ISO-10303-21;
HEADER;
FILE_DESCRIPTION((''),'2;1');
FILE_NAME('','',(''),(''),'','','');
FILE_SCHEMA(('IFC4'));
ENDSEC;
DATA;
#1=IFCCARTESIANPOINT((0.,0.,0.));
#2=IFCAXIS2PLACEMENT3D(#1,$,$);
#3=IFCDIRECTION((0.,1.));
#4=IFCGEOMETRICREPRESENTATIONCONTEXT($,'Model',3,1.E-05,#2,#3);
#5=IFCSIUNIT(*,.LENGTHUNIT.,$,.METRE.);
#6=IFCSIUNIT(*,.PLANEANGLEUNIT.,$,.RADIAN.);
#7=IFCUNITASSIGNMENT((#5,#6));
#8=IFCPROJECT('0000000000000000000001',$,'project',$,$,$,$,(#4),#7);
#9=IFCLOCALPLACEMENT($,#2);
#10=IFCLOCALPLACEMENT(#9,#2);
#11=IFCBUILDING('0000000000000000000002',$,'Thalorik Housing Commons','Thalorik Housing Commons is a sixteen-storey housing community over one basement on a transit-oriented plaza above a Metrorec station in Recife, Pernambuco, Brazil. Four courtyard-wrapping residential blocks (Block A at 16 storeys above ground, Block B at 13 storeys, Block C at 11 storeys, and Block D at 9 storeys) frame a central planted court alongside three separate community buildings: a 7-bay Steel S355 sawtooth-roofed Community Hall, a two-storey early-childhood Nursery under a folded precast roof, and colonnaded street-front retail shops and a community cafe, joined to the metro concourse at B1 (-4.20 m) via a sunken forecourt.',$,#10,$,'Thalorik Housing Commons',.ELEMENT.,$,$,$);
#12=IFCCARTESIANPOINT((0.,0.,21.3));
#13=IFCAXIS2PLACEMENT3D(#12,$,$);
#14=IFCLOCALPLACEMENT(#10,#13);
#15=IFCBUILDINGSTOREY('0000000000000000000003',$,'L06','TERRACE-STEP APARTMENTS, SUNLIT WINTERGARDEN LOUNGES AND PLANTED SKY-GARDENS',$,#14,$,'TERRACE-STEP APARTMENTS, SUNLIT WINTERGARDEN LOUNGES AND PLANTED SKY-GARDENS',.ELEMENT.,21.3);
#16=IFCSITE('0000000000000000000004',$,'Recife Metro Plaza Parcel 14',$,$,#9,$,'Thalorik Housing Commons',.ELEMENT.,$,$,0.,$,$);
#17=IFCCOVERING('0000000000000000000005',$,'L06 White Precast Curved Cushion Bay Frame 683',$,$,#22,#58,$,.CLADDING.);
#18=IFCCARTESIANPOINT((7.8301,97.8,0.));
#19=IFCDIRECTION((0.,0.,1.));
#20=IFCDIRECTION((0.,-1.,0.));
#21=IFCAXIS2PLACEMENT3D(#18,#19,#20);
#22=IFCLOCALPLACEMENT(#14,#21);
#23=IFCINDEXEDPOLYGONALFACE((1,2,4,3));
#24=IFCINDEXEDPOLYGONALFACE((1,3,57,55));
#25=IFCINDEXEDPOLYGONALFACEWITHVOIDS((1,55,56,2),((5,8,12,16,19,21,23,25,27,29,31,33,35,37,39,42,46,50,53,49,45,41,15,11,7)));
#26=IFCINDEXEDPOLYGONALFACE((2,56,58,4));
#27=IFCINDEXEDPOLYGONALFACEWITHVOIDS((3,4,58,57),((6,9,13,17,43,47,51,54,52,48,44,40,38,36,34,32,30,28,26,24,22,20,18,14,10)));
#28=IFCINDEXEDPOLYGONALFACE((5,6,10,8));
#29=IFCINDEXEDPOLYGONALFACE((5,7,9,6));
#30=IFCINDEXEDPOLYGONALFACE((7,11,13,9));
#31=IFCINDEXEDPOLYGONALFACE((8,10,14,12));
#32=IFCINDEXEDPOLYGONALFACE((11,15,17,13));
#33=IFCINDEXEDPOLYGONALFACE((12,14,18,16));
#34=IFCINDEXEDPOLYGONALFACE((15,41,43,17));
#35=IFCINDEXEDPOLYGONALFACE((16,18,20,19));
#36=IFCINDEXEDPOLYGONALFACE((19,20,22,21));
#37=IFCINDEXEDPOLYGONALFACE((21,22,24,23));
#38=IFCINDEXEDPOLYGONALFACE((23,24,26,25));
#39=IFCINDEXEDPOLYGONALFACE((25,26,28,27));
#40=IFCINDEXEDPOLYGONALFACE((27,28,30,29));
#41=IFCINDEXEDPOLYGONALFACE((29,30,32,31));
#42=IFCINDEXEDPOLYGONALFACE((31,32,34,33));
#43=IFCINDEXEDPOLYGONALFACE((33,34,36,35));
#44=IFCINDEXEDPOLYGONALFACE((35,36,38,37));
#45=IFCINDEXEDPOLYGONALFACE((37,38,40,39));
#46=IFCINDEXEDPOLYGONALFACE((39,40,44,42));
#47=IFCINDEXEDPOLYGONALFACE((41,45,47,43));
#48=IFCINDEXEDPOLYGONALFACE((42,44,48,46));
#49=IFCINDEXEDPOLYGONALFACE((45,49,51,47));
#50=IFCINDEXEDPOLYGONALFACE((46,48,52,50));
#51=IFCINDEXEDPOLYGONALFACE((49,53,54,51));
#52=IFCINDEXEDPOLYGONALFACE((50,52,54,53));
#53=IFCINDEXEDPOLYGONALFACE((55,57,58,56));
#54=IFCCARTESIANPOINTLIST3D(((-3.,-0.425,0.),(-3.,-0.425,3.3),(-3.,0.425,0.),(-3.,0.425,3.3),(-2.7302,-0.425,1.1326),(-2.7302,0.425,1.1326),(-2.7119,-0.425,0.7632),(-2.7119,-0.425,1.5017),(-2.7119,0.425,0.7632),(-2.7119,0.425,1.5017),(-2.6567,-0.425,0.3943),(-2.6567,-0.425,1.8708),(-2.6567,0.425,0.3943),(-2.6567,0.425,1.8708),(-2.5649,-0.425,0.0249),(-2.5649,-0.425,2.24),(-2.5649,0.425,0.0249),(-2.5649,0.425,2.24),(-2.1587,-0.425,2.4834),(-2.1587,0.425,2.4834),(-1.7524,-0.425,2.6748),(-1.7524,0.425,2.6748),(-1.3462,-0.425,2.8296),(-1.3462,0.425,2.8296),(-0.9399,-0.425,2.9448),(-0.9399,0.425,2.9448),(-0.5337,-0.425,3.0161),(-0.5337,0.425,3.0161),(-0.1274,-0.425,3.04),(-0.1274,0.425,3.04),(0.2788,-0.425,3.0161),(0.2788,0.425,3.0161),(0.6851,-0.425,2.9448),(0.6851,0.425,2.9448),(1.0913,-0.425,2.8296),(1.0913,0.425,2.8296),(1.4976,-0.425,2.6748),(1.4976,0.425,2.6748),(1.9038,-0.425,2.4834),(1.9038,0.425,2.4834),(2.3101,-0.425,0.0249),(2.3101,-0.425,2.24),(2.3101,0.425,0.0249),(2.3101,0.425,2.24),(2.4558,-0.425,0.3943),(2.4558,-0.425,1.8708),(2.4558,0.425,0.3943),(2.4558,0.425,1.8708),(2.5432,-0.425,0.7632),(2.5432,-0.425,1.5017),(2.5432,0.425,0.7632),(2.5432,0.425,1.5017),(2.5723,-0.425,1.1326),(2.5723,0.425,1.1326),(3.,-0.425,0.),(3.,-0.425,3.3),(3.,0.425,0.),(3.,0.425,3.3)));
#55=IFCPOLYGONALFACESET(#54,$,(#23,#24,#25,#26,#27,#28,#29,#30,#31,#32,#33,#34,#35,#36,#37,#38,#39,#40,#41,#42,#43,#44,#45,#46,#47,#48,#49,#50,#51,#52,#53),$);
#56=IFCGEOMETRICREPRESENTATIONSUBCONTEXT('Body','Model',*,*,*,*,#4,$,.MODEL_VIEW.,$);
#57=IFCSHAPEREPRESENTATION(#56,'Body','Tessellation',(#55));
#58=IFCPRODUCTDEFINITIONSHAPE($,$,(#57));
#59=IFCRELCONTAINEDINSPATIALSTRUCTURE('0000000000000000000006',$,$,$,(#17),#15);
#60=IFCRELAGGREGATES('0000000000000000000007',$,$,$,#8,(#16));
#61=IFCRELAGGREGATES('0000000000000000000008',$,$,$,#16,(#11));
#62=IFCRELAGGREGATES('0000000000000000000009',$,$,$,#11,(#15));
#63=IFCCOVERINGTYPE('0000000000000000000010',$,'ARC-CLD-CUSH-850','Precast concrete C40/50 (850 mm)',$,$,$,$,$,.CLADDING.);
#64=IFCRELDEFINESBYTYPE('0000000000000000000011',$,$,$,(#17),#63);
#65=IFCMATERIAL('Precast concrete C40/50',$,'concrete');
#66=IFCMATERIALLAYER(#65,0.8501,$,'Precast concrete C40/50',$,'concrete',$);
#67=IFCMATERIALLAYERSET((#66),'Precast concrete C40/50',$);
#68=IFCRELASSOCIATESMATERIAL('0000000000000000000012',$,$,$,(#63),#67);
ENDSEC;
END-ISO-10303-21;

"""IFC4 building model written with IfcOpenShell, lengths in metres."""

from ifc_helpers import new_model, si_unit, direction, frame, origin, place, context, subcontext, project, spatial, polyline, outline, extrude, material, layer, layer_set, type_object, element, save


model = new_model("IFC4")

# Units and contexts
model_context = context("Model", 3, precision=1e-05, world=origin(), true_north=direction((0.0, 1.0)))
body_context = subcontext(model_context, "Body", "Model", "MODEL_VIEW")
ifc_project = project(units=[si_unit("LENGTHUNIT", "METRE"), si_unit("PLANEANGLEUNIT", "RADIAN")], contexts=[model_context])

# Site, building, storey
site_placement = place(None, origin())
site = spatial("IfcSite", under=ifc_project, at=site_placement, Name="Recife Metro Plaza Parcel 14", LongName="Thalorik Housing Commons", CompositionType="ELEMENT", RefElevation=0.0)
building_placement = place(site_placement, origin())
building = spatial("IfcBuilding", under=site, at=building_placement, Name="Thalorik Housing Commons", Description="Thalorik Housing Commons is a sixteen-storey housing community over one basement on a transit-oriented plaza above a Metrorec station in Recife, Pernambuco, Brazil. Four courtyard-wrapping residential blocks (Block A at 16 storeys above ground, Block B at 13 storeys, Block C at 11 storeys, and Block D at 9 storeys) frame a central planted court alongside three separate community buildings: a 7-bay Steel S355 sawtooth-roofed Community Hall, a two-storey early-childhood Nursery under a folded precast roof, and colonnaded street-front retail shops and a community cafe, joined to the metro concourse at B1 (-4.20 m) via a sunken forecourt.", LongName="Thalorik Housing Commons", CompositionType="ELEMENT")
storey_placement = place(building_placement, frame((0.0, 0.0, 21.3)))
storey = spatial("IfcBuildingStorey", under=building, at=storey_placement, Name="L06", Description="TERRACE-STEP APARTMENTS, SUNLIT WINTERGARDEN LOUNGES AND PLANTED SKY-GARDENS", LongName="TERRACE-STEP APARTMENTS, SUNLIT WINTERGARDEN LOUNGES AND PLANTED SKY-GARDENS", CompositionType="ELEMENT", Elevation=21.3)

# Shared definitions
ifc_material_1 = material(Name="Precast concrete C40/50", Category="concrete")

# Covering
ifc_layer_1 = layer(ifc_material_1, 0.8501, Name="Precast concrete C40/50", Category="concrete")
ifc_layer_set_1 = layer_set([ifc_layer_1], Name="Precast concrete C40/50")
covering_type_1 = type_object("IfcCoveringType", Name="ARC-CLD-CUSH-850", Description="Precast concrete C40/50 (850 mm)", PredefinedType="CLADDING", material=ifc_layer_set_1)
covering_1_placement = place(storey_placement, frame((7.8301, 97.8, 0.0), z_axis=(0.0, 0.0, 1.0), x_axis=(0.0, -1.0, 0.0)))
element("IfcCovering", 1, at=covering_1_placement, inside=storey, type_object=covering_type_1, Name="L06 White Precast Curved Cushion Bay Frame 683", PredefinedType="CLADDING", context=body_context, shape_type="SweptSolid", body=[
    extrude(outline(polyline([(-3.0, 0.0), (3.0, 0.0), (3.0, 3.3), (-3.0, 3.3), (-3.0, 0.0)]), holes=[polyline([(2.3101, 0.0249), (2.4558, 0.3943), (2.5432, 0.7632), (2.5723, 1.1326), (2.5432, 1.5017), (2.4558, 1.8708), (2.3101, 2.24), (1.9038, 2.4834), (1.4976, 2.6748), (1.0913, 2.8296), (0.6851, 2.9448), (0.2788, 3.0161), (-0.1274, 3.04), (-0.5337, 3.0161), (-0.9399, 2.9448), (-1.3462, 2.8296), (-1.7524, 2.6748), (-2.1587, 2.4834), (-2.5649, 2.24), (-2.6567, 1.8708), (-2.7119, 1.5017), (-2.7302, 1.1326), (-2.7119, 0.7632), (-2.6567, 0.3943), (-2.5649, 0.0249), (2.3101, 0.0249)])]), frame((0.0, 0.425, 0.0), z_axis=(0.0, -1.0, 0.0), x_axis=(1.0, 0.0, 0.0)), (0.0, 0.0, 1.0), 0.8501),
])

save(model, "model.ifc")
